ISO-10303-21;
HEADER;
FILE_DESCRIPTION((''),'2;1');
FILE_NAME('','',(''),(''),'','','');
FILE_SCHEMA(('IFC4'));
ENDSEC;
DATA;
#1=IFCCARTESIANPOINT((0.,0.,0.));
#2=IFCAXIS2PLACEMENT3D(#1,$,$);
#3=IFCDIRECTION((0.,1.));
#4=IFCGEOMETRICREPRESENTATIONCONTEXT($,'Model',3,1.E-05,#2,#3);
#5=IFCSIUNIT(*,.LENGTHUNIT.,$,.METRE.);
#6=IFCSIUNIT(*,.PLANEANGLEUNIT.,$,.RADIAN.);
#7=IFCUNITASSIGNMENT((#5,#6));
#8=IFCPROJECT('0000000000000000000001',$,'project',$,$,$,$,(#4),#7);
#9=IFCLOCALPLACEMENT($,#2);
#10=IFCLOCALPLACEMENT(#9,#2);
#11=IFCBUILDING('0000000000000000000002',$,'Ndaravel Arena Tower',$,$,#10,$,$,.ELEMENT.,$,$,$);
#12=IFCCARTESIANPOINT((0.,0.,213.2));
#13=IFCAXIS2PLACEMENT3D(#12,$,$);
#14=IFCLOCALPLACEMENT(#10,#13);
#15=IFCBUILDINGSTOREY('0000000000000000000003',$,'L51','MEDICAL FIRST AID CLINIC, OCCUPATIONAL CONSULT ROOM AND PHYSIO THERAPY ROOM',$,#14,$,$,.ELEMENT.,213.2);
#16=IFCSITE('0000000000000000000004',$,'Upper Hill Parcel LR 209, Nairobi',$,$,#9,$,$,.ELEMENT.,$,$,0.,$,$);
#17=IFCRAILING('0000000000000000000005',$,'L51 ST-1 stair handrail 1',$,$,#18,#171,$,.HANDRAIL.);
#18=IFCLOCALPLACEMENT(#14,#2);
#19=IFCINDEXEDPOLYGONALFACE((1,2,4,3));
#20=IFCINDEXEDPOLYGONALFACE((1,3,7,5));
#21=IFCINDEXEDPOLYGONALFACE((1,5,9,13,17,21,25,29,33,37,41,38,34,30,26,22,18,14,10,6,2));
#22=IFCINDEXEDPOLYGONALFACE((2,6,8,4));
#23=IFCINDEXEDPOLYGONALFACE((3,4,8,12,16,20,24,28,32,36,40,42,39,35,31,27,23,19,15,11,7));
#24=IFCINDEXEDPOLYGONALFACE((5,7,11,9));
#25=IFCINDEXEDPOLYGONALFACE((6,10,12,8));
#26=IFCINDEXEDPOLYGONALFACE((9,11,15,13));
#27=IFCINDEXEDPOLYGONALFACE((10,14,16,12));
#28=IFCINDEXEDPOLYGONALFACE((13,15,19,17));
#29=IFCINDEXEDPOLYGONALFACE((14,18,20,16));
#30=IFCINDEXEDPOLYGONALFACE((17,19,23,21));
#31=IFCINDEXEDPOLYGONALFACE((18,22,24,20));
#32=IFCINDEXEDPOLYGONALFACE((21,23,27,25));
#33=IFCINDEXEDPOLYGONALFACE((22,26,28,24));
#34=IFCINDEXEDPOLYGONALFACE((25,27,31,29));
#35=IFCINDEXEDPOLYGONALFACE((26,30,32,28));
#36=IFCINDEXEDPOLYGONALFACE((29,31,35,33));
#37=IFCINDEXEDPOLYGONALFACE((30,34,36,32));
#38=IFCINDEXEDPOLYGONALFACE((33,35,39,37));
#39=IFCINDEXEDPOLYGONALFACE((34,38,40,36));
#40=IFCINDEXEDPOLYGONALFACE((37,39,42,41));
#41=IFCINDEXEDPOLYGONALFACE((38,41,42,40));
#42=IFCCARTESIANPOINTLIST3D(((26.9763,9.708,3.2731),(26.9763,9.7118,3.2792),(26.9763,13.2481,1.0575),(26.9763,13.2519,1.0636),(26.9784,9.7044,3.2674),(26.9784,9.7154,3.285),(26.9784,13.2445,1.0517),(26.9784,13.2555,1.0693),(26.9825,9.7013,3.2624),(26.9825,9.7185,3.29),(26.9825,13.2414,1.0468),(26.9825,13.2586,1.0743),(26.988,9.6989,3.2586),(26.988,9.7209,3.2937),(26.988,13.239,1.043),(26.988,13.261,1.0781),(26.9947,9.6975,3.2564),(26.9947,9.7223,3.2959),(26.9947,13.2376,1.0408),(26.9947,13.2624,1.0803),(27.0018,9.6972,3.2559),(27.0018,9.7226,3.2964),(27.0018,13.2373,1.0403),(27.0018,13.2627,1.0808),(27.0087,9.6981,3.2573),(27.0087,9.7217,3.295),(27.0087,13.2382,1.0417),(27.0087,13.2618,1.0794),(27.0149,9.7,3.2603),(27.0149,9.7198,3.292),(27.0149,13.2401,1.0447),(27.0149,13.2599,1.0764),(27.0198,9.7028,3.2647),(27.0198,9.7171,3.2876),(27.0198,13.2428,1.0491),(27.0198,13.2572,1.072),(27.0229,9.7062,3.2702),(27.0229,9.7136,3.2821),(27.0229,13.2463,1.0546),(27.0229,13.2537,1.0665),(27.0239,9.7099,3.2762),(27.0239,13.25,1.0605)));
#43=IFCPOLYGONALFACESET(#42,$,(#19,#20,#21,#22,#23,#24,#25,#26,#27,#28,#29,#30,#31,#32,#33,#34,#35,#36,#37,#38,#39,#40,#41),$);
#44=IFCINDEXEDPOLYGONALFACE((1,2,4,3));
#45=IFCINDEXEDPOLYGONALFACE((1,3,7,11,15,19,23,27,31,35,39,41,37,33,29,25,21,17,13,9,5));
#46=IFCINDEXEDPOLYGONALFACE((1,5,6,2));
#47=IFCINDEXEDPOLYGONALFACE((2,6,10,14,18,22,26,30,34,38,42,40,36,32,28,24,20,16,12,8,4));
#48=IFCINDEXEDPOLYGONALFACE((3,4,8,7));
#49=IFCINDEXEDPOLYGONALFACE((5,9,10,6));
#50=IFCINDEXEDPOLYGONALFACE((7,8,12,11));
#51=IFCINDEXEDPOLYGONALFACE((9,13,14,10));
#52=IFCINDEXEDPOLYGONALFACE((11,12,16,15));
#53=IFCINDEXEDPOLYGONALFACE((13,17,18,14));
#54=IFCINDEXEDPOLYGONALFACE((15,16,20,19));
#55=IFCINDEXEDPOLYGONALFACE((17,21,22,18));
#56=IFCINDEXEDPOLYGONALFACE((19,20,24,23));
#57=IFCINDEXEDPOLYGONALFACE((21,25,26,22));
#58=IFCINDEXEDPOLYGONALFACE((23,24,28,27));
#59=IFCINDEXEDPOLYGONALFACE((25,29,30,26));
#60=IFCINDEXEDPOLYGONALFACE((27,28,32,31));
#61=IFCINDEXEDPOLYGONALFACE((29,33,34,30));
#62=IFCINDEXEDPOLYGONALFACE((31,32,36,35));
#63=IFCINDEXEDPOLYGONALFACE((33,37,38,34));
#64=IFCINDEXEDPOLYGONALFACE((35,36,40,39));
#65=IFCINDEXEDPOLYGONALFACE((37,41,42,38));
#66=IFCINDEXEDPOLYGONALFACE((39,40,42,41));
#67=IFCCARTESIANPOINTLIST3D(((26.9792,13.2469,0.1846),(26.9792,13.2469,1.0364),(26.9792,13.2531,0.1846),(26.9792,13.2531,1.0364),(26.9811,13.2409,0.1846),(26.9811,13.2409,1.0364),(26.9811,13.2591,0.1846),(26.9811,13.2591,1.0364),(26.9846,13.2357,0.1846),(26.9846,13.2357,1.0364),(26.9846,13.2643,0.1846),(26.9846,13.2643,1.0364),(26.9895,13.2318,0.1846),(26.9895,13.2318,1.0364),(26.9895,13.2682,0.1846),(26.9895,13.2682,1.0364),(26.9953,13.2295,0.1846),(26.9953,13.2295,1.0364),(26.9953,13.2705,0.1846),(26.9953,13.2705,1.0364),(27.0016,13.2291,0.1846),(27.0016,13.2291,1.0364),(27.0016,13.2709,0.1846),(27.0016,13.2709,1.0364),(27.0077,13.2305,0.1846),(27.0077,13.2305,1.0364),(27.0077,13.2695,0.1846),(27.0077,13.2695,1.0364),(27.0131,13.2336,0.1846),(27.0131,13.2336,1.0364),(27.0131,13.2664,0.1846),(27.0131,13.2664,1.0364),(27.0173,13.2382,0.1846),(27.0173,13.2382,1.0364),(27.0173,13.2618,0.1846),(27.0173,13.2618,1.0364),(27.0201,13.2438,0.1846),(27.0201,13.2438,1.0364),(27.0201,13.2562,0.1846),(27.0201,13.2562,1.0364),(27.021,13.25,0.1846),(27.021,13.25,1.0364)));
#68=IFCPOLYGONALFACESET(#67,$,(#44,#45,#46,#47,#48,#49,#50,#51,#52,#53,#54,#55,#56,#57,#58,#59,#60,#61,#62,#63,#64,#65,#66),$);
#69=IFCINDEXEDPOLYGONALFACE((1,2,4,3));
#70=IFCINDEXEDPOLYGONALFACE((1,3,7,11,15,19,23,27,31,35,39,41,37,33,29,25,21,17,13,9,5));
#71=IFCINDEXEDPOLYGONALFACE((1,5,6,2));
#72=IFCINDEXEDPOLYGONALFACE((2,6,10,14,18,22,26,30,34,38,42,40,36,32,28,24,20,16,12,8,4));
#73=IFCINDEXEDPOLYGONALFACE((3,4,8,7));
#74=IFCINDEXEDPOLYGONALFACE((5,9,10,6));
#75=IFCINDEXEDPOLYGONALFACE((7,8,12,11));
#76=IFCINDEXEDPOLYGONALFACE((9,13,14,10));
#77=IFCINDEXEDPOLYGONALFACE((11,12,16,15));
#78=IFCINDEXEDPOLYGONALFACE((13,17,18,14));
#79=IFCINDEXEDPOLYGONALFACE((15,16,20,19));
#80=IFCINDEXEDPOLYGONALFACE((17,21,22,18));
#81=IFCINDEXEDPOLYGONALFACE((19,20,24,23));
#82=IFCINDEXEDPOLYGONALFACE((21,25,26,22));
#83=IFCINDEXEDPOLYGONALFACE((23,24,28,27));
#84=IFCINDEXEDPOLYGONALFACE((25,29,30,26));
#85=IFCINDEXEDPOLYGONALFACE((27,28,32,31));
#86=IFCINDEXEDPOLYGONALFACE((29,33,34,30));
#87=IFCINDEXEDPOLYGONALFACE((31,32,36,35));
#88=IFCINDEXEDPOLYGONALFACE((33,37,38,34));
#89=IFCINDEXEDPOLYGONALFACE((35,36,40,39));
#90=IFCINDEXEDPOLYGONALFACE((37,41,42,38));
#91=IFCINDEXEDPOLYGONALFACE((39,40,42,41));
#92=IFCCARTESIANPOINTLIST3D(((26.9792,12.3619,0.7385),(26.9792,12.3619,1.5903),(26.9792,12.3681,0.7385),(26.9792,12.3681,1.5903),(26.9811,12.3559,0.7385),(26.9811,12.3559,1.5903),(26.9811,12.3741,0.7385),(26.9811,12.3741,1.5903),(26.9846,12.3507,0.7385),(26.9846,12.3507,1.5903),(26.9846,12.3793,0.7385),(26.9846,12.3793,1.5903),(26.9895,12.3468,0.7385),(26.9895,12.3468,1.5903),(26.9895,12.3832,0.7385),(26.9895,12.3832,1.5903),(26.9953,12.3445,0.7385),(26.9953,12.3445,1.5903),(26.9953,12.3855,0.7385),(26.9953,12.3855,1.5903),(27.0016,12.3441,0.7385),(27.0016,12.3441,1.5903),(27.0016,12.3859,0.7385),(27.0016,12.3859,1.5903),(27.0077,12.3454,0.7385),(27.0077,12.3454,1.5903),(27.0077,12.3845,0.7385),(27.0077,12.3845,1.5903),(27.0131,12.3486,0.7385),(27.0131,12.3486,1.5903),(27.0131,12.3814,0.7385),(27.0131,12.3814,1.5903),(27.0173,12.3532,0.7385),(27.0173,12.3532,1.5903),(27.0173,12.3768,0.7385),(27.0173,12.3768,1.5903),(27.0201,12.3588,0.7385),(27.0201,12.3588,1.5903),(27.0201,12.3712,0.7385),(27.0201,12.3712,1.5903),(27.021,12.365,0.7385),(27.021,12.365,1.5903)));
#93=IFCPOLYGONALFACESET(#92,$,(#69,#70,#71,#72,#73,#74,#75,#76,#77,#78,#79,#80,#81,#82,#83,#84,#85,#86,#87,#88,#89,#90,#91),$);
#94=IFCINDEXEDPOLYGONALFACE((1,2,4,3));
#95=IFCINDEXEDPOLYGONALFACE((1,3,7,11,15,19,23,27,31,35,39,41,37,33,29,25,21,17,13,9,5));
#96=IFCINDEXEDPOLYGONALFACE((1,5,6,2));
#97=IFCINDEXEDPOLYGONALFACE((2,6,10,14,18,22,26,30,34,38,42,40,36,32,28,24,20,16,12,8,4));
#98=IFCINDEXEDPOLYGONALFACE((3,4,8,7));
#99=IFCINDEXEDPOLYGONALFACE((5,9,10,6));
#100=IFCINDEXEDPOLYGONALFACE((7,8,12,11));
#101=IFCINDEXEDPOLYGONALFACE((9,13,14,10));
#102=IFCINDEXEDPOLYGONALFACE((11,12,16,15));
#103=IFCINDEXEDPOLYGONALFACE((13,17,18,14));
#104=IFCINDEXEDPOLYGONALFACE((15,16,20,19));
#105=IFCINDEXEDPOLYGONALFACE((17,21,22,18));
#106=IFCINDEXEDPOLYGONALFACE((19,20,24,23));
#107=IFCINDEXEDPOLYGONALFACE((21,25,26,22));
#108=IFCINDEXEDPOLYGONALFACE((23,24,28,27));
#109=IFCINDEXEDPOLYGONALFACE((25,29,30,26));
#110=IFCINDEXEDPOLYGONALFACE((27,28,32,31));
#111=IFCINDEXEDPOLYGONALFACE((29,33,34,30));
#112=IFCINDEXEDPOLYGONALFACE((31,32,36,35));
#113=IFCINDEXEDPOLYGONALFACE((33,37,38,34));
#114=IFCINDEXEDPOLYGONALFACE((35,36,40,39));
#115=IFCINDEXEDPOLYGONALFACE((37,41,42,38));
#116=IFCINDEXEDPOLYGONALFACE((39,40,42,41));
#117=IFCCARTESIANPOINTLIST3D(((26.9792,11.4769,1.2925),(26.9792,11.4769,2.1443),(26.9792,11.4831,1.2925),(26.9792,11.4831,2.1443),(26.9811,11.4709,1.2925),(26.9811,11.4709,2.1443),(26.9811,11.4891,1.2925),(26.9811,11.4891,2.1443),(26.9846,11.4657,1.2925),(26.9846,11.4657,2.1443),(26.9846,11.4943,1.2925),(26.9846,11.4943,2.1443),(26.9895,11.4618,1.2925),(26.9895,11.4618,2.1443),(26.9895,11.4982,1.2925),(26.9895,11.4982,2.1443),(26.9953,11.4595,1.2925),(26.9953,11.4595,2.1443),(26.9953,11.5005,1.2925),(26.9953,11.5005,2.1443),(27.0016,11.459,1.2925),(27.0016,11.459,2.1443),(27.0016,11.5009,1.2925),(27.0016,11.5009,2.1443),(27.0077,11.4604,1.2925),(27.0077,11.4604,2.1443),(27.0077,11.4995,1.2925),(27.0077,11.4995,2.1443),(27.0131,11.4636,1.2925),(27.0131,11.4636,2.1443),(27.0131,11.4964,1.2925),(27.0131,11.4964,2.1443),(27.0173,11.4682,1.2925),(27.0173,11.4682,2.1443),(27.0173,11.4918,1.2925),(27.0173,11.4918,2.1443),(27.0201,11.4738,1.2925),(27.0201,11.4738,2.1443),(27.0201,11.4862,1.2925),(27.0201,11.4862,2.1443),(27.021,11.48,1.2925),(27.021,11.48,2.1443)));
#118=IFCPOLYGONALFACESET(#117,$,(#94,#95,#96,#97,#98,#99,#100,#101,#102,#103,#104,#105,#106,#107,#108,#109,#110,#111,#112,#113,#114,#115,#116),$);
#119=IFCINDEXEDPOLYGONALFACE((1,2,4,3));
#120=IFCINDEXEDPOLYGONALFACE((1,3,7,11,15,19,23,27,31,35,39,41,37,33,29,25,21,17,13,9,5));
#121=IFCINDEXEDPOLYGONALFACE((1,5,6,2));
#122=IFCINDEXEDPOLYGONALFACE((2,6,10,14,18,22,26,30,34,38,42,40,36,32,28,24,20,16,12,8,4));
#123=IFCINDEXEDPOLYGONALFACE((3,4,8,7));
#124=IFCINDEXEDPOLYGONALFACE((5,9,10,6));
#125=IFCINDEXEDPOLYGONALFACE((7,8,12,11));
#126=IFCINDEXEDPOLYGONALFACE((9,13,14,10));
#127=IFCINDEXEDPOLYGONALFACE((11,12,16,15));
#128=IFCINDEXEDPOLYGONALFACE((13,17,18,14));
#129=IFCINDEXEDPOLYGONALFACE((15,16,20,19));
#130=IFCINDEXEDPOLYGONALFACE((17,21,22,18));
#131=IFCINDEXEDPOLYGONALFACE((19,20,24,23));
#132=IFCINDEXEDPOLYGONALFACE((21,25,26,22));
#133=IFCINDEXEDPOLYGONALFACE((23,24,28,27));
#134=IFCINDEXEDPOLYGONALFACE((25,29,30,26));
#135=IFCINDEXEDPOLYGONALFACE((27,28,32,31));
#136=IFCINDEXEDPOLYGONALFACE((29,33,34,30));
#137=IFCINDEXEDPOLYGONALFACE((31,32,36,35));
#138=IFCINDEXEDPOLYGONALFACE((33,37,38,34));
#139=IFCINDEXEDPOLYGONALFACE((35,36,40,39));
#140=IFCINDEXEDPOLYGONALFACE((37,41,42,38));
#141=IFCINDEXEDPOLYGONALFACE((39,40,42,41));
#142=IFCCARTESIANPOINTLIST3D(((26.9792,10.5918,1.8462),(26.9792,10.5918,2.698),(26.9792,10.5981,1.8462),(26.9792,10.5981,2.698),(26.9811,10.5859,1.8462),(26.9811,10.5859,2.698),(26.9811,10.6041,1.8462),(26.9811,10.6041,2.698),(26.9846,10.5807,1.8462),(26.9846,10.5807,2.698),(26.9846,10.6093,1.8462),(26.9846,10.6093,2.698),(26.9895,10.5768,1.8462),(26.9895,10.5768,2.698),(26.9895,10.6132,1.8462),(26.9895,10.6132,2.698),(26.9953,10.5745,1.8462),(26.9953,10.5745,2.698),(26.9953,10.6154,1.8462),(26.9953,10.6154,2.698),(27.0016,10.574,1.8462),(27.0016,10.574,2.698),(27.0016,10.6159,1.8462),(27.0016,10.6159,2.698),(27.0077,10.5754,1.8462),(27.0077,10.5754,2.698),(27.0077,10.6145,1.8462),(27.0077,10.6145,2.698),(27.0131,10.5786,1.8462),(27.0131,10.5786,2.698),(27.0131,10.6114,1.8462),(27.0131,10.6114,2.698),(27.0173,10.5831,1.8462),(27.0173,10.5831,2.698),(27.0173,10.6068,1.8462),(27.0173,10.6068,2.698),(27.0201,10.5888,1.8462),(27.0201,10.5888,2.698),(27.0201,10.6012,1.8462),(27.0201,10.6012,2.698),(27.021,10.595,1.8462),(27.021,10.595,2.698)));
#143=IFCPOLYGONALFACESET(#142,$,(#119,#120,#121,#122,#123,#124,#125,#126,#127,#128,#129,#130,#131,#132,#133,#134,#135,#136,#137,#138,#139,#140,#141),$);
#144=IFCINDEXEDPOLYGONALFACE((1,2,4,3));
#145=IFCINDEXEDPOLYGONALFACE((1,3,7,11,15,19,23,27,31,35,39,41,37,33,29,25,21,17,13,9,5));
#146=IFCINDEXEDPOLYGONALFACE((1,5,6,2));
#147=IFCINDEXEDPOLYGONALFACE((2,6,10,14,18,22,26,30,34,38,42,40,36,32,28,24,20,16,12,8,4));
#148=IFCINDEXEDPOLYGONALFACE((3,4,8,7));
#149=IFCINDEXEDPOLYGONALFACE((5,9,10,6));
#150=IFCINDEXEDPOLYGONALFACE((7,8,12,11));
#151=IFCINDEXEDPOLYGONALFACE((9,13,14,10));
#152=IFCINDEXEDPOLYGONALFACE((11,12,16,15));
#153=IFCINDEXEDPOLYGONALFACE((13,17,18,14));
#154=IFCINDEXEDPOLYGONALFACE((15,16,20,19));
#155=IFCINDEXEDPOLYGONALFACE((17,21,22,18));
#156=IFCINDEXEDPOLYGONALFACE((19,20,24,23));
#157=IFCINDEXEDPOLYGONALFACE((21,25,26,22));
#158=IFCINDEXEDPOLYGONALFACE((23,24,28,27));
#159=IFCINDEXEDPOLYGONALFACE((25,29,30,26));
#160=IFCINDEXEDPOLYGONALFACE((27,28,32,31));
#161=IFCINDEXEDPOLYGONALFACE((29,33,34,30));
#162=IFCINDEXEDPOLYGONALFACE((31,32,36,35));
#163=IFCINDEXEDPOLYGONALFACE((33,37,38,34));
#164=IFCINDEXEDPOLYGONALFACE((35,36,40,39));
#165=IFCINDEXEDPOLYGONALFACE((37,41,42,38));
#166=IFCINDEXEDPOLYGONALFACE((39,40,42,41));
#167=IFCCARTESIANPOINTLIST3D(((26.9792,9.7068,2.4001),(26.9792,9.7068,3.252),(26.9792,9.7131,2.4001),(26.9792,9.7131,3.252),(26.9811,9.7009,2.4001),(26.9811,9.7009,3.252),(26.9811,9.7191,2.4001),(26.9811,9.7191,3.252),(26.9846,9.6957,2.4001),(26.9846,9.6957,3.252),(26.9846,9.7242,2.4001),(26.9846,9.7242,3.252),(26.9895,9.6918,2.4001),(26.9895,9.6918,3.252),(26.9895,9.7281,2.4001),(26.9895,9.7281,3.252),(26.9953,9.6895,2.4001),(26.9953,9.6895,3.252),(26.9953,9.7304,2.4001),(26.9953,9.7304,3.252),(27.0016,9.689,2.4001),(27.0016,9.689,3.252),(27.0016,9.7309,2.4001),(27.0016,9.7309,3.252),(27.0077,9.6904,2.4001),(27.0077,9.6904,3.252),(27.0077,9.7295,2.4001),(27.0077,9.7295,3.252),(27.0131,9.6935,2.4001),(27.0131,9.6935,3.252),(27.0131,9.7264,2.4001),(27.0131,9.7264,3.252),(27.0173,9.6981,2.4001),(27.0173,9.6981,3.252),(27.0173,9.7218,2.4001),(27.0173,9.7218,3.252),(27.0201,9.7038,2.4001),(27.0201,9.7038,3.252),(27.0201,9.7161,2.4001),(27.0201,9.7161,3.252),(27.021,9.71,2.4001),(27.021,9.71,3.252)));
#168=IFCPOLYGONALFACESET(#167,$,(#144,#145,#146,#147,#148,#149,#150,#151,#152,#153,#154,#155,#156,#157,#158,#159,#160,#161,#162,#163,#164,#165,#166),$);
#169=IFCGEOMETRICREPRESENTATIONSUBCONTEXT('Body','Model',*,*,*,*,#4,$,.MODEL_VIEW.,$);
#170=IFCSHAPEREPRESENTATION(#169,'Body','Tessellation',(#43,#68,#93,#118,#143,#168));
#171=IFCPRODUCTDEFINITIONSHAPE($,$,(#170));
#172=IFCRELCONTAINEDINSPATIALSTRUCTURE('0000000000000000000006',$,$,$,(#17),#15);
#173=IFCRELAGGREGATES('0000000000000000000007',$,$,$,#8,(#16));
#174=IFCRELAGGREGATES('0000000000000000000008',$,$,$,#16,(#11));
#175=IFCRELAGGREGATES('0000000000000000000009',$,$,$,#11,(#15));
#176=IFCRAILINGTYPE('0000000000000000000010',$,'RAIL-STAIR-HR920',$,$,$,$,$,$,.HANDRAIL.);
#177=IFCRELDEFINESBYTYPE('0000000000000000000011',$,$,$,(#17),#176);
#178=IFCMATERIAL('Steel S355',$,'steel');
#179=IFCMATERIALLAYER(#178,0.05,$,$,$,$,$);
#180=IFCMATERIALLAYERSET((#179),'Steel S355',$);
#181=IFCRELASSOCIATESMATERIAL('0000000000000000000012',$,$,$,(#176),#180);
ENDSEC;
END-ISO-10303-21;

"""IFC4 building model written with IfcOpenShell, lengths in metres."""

from ifc_helpers import new_model, si_unit, direction, frame, origin, origin_2d, place, context, subcontext, project, spatial, circle, extrude, material, layer, layer_set, type_object, element, save


model = new_model("IFC4")

# Units and contexts
model_context = context("Model", 3, precision=1e-05, world=origin(), true_north=direction((0.0, 1.0)))
body_context = subcontext(model_context, "Body", "Model", "MODEL_VIEW")
ifc_project = project(units=[si_unit("LENGTHUNIT", "METRE"), si_unit("PLANEANGLEUNIT", "RADIAN")], contexts=[model_context])

# Site, building, storey
site_placement = place(None, origin())
site = spatial("IfcSite", under=ifc_project, at=site_placement, Name="Upper Hill Parcel LR 209, Nairobi", CompositionType="ELEMENT", RefElevation=0.0)
building_placement = place(site_placement, origin())
building = spatial("IfcBuilding", under=site, at=building_placement, Name="Ndaravel Arena Tower", CompositionType="ELEMENT")
storey_placement = place(building_placement, frame((0.0, 0.0, 213.2)))
storey = spatial("IfcBuildingStorey", under=building, at=storey_placement, Name="L51", Description="MEDICAL FIRST AID CLINIC, OCCUPATIONAL CONSULT ROOM AND PHYSIO THERAPY ROOM", CompositionType="ELEMENT", Elevation=213.2)

# Railing
ifc_material_1 = material(Name="Steel S355", Category="steel")
ifc_layer_1 = layer(ifc_material_1, 0.05)
ifc_layer_set_1 = layer_set([ifc_layer_1], Name="Steel S355")
railing_type_1 = type_object("IfcRailingType", Name="RAIL-STAIR-HR920", PredefinedType="HANDRAIL", material=ifc_layer_set_1)
railing_1_placement = place(storey_placement, frame((27.0, 13.25, 0.1846)))
element("IfcRailing", 1, at=railing_1_placement, inside=storey, type_object=railing_type_1, Name="L51 ST-1 stair handrail 1", PredefinedType="HANDRAIL", context=body_context, shape_type="SweptSolid", body=[
    extrude(circle(Radius=0.0239, at=origin_2d()), frame((0.0, 0.0, 0.876), z_axis=(0.0, -0.84767, 0.530524), x_axis=(1.0, 0.0, 0.0)), (0.0, 0.0, 1.0), 4.1763),
    extrude(circle(Radius=0.021, at=origin_2d()), origin(), (0.0, 0.0, 1.0), 0.8518),
    extrude(circle(Radius=0.021, at=origin_2d()), frame((0.0, -0.885, 0.554)), (0.0, 0.0, 1.0), 0.8518),
    extrude(circle(Radius=0.021, at=origin_2d()), frame((0.0, -1.77, 1.1079)), (0.0, 0.0, 1.0), 0.8518),
    extrude(circle(Radius=0.021, at=origin_2d()), frame((0.0, -2.655, 1.6616)), (0.0, 0.0, 1.0), 0.8518),
    extrude(circle(Radius=0.021, at=origin_2d()), frame((0.0, -3.54, 2.2156)), (0.0, 0.0, 1.0), 0.8518),
])

save(model, "model.ifc")
